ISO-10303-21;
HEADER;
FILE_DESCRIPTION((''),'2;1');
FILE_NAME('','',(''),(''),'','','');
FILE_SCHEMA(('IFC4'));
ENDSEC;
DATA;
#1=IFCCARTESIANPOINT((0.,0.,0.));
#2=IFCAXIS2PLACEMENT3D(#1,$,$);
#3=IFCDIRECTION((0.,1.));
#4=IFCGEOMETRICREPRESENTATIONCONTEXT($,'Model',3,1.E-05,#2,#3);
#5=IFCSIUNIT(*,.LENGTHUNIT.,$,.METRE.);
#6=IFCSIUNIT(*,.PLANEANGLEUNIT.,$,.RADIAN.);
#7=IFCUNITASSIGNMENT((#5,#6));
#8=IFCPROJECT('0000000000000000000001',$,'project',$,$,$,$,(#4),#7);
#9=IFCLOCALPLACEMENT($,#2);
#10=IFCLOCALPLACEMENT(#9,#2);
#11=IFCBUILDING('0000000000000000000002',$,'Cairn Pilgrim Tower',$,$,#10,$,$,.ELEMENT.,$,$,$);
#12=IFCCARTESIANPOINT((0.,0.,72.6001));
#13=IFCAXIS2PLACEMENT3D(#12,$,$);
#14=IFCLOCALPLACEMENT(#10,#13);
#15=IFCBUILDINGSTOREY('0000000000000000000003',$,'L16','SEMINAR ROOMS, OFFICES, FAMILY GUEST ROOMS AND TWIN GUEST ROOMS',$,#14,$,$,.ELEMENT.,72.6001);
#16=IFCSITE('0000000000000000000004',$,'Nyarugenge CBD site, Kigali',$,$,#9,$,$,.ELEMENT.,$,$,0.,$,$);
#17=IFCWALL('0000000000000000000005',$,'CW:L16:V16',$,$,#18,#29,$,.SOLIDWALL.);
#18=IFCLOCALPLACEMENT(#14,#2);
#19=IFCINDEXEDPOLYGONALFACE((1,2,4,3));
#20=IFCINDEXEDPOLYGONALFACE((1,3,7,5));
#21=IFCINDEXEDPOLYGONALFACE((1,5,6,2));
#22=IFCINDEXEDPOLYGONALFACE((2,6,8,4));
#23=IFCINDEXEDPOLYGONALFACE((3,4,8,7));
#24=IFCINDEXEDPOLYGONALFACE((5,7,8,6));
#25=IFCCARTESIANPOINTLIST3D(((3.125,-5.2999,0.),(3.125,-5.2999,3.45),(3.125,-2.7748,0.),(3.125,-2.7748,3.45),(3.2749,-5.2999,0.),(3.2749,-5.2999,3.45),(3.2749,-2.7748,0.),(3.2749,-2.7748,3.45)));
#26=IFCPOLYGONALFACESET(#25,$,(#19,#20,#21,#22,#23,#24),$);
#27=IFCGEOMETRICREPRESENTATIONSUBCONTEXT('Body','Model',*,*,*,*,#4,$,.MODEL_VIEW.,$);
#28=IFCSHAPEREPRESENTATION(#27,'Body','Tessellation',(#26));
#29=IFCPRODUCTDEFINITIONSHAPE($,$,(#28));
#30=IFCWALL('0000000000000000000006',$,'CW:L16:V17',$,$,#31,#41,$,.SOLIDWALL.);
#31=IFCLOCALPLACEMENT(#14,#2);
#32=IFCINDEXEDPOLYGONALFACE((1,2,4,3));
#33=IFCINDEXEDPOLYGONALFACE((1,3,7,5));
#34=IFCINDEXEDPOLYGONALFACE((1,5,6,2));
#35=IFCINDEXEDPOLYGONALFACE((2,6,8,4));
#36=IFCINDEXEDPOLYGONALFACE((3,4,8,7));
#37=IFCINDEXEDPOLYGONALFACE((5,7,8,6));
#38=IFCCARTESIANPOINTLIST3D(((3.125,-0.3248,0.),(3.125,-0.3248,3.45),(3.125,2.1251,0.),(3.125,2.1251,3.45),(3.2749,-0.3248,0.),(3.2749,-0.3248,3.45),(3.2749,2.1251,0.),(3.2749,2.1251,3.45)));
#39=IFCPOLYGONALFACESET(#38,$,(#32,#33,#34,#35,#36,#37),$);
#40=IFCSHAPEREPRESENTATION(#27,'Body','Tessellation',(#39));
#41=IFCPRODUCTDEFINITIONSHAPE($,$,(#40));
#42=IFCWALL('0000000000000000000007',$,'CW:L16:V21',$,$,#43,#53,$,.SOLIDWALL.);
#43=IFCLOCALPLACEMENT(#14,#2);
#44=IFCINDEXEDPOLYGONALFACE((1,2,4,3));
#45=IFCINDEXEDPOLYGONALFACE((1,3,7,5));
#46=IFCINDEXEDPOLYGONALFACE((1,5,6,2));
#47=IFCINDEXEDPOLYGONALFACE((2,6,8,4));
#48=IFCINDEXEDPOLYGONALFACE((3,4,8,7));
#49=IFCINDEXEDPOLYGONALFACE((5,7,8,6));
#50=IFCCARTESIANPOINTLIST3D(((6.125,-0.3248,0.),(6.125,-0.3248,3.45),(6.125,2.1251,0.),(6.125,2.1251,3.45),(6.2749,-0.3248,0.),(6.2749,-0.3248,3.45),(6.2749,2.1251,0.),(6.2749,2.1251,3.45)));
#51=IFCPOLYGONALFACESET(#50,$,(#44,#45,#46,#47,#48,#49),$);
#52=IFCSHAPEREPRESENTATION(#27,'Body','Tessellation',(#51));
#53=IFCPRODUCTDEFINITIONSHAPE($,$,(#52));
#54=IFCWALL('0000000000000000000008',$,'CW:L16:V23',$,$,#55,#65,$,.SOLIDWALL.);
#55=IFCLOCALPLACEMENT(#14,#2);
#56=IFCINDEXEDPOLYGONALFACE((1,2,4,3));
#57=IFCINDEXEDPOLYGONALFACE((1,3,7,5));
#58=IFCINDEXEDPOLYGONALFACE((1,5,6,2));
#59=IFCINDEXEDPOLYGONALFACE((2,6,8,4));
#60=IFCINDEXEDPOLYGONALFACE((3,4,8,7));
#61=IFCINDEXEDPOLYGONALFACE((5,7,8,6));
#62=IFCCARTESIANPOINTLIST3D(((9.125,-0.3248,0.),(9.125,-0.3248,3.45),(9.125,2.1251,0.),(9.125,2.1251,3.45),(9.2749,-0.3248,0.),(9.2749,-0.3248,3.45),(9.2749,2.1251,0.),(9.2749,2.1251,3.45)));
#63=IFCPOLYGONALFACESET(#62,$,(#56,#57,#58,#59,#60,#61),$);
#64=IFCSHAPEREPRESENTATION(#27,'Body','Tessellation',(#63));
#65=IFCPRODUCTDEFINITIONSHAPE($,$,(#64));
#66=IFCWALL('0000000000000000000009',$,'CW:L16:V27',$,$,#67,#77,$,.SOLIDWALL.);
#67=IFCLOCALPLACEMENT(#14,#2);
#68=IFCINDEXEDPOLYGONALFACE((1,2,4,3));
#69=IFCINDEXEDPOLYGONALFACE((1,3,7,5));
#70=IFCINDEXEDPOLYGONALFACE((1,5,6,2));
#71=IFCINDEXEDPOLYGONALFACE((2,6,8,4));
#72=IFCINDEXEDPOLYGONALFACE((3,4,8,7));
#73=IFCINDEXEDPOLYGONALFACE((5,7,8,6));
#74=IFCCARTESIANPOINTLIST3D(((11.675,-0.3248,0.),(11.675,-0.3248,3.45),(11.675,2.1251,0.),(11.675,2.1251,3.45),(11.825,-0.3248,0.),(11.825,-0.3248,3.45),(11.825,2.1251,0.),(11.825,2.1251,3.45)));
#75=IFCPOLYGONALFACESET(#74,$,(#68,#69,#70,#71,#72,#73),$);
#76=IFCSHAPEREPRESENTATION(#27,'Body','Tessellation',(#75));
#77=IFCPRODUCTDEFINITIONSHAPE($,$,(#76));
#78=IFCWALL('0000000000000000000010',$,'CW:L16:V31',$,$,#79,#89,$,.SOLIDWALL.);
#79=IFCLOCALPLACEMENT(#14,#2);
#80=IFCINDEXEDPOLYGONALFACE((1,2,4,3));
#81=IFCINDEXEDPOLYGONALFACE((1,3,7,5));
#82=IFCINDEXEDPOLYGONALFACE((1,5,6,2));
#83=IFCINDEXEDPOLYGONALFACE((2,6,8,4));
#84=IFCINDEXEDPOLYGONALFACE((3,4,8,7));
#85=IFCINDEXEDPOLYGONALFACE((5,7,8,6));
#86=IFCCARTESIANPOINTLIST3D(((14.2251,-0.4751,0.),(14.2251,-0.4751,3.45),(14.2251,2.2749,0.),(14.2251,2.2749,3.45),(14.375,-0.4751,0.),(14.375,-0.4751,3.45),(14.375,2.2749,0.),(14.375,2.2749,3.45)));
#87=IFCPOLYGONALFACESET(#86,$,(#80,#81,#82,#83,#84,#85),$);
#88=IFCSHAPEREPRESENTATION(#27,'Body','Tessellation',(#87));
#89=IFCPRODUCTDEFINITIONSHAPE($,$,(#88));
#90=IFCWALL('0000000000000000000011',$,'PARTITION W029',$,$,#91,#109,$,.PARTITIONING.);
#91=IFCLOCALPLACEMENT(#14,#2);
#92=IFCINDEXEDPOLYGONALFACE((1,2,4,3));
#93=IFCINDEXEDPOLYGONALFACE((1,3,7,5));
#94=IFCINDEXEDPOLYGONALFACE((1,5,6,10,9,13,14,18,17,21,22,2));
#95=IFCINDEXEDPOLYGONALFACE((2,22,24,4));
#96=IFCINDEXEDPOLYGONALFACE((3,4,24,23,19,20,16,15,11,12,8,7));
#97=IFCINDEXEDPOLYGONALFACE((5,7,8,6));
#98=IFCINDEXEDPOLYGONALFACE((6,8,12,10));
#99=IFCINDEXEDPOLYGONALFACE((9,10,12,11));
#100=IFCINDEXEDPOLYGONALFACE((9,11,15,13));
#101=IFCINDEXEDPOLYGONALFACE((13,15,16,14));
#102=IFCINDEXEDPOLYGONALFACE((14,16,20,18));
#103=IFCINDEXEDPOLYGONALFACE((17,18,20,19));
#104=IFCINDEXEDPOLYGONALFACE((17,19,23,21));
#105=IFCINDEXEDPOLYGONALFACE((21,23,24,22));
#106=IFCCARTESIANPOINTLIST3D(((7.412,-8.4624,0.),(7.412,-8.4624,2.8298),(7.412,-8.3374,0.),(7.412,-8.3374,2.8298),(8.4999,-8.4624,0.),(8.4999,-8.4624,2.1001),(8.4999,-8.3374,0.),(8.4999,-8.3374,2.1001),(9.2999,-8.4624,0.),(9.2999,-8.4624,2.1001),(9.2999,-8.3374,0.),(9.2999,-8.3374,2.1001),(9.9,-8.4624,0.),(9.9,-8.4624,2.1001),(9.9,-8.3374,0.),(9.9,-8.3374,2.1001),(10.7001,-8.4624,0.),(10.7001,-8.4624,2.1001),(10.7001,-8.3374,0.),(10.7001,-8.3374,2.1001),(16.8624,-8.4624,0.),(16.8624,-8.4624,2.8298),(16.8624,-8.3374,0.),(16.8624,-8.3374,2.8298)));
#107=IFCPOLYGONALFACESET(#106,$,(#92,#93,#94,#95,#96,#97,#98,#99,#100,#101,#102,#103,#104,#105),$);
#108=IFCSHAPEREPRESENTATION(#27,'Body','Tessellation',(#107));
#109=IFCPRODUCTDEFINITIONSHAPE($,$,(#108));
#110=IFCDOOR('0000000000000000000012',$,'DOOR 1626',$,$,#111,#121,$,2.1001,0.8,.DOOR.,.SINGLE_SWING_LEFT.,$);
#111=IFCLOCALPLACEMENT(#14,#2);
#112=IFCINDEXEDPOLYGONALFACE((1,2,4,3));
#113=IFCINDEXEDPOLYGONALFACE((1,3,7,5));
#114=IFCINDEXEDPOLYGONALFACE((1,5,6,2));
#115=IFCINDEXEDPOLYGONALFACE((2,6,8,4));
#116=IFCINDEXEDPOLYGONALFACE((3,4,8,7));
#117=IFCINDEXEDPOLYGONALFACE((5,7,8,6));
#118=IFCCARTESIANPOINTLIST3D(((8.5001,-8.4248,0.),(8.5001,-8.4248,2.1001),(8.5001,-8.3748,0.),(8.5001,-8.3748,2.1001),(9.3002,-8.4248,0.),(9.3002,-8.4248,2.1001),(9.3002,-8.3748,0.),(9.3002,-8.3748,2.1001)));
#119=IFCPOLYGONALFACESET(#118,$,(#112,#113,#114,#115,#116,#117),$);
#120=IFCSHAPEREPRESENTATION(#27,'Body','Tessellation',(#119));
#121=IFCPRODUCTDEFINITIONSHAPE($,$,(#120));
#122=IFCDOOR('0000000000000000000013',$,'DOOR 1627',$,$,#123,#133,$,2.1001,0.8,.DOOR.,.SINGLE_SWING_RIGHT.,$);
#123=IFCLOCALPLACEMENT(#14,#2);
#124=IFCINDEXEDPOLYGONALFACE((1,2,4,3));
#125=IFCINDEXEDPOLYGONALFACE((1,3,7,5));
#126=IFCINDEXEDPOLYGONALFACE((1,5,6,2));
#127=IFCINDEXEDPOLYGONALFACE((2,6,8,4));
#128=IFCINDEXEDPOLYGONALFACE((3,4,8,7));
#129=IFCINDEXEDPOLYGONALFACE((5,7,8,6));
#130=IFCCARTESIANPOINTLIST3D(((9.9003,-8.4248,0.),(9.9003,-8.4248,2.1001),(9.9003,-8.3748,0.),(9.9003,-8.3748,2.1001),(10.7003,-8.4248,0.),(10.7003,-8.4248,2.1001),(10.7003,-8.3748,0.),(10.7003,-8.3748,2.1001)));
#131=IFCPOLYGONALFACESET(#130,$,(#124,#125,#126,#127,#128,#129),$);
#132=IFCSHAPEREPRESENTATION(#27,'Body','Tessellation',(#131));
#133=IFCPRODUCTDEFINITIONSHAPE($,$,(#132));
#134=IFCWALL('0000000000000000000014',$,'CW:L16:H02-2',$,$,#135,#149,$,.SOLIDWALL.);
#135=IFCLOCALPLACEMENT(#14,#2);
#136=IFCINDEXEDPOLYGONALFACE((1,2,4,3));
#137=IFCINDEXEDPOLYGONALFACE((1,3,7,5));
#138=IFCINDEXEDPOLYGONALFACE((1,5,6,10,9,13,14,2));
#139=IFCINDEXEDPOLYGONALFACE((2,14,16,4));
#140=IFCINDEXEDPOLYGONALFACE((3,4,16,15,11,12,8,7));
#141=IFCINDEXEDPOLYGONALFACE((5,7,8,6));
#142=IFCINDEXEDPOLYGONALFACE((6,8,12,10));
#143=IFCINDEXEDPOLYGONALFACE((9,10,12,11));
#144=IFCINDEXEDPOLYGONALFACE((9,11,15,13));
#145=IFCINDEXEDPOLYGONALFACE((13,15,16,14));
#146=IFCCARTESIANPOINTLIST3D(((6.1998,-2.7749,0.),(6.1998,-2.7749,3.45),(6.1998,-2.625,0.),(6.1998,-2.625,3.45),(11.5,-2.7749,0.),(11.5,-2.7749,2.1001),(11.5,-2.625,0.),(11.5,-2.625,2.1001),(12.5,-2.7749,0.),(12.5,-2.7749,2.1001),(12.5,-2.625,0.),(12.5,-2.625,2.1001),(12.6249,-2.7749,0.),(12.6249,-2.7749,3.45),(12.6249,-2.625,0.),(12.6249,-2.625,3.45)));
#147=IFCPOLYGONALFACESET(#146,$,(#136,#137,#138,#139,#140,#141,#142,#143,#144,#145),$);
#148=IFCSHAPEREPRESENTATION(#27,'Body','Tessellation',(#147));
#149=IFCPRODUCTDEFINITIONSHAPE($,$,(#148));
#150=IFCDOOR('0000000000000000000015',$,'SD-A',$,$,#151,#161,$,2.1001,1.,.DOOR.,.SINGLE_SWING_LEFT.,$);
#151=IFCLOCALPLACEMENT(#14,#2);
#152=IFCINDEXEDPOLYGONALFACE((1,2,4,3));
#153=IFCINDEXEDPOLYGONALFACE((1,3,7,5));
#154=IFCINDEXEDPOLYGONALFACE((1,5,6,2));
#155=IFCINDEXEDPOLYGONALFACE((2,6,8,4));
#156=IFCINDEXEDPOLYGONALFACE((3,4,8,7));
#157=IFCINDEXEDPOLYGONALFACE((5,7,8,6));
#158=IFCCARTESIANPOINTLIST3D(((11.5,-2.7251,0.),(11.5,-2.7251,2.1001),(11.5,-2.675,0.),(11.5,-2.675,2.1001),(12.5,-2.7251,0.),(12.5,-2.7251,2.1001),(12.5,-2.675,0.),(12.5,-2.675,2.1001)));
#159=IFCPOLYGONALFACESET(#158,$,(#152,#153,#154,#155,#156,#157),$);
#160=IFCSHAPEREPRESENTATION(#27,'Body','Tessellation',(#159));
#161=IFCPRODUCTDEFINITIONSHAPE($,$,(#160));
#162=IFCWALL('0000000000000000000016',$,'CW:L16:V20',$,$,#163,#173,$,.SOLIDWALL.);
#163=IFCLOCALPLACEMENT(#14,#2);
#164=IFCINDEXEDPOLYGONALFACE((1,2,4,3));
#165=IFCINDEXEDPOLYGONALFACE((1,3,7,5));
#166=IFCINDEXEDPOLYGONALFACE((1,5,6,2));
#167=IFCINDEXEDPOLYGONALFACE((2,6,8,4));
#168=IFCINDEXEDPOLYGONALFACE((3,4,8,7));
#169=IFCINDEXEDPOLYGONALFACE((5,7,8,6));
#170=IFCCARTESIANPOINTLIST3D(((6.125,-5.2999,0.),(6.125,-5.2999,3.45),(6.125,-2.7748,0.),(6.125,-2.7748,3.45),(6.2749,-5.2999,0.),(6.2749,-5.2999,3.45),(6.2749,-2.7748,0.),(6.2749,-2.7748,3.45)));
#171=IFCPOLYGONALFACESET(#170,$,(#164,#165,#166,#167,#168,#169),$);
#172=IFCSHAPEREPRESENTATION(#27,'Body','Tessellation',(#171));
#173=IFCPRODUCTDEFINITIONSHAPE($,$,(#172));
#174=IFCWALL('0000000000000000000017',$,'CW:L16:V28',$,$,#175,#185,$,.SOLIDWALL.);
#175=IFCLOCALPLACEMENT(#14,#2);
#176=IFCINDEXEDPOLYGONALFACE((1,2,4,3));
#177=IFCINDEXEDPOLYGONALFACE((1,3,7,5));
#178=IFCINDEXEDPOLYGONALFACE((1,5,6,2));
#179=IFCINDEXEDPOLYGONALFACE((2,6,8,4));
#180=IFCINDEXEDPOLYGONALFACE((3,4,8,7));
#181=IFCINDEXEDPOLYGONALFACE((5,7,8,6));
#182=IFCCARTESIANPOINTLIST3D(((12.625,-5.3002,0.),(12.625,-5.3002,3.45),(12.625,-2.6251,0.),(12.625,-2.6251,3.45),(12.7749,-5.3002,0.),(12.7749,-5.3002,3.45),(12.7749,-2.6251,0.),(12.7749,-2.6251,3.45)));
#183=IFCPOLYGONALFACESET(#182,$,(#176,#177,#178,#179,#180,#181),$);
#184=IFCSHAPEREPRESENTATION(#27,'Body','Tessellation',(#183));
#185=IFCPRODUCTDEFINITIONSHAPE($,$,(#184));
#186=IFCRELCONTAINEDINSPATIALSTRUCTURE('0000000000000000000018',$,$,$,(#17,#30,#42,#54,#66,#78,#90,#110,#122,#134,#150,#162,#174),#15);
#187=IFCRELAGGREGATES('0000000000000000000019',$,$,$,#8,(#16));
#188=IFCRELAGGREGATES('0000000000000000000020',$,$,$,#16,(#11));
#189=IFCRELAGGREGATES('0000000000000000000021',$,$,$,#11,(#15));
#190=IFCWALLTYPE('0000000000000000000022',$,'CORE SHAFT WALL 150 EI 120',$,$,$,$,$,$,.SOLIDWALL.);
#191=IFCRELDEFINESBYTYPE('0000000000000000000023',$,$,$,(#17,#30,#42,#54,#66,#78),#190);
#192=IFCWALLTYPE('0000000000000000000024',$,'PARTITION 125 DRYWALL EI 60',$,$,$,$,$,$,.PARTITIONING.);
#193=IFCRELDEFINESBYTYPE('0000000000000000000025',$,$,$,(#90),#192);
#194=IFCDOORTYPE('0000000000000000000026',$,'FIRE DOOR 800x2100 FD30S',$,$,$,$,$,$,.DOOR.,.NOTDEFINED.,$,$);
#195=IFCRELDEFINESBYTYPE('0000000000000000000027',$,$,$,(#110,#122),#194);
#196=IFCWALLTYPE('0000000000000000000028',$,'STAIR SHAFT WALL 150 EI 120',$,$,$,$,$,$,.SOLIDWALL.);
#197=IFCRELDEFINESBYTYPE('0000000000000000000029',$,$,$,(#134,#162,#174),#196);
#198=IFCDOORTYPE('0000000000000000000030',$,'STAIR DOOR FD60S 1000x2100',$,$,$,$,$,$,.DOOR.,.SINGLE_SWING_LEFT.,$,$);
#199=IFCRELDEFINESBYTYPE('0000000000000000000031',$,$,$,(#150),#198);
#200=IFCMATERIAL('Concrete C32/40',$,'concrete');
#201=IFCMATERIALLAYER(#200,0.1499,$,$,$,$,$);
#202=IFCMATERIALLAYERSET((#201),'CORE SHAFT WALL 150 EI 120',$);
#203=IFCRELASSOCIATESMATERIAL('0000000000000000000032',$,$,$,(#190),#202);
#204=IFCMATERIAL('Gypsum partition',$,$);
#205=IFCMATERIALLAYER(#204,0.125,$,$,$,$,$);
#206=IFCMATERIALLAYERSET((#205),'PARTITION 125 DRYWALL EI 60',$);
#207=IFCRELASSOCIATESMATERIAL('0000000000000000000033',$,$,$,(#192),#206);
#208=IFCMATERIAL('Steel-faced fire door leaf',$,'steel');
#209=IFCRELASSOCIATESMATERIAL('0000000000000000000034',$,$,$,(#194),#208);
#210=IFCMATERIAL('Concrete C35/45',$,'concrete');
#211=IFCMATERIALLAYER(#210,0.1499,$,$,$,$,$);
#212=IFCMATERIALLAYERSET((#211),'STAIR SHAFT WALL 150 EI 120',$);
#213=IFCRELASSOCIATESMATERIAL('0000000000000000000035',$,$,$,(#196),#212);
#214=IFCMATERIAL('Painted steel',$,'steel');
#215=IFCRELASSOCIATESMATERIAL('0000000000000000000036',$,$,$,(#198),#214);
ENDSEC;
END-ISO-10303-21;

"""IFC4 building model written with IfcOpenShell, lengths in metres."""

from ifc_helpers import new_model, si_unit, direction, frame, frame_2d, origin, place, context, subcontext, project, spatial, rectangle, extrude, material, layer, layer_set, type_object, element, fill, save


model = new_model("IFC4")

# Units and contexts
model_context = context("Model", 3, precision=1e-05, world=origin(), true_north=direction((0.0, 1.0)))
body_context = subcontext(model_context, "Body", "Model", "MODEL_VIEW")
ifc_project = project(units=[si_unit("LENGTHUNIT", "METRE"), si_unit("PLANEANGLEUNIT", "RADIAN")], contexts=[model_context])

# Site, building, storey
site_placement = place(None, origin())
site = spatial("IfcSite", under=ifc_project, at=site_placement, Name="Nyarugenge CBD site, Kigali", CompositionType="ELEMENT", RefElevation=0.0)
building_placement = place(site_placement, origin())
building = spatial("IfcBuilding", under=site, at=building_placement, Name="Cairn Pilgrim Tower", CompositionType="ELEMENT")
storey_placement = place(building_placement, frame((0.0, 0.0, 72.6001)))
storey = spatial("IfcBuildingStorey", under=building, at=storey_placement, Name="L16", Description="SEMINAR ROOMS, OFFICES, FAMILY GUEST ROOMS AND TWIN GUEST ROOMS", CompositionType="ELEMENT", Elevation=72.6001)

# Shared definitions
ifc_material_1 = material(Name="Concrete C32/40", Category="concrete")

# Shared definitions
ifc_material_2 = material(Name="Painted steel", Category="steel")

# Walls
ifc_layer_1 = layer(ifc_material_1, 0.1499)
ifc_layer_set_1 = layer_set([ifc_layer_1], Name="CORE SHAFT WALL 150 EI 120")
wall_type_1 = type_object("IfcWallType", Name="CORE SHAFT WALL 150 EI 120", PredefinedType="SOLIDWALL", material=ifc_layer_set_1)
wall_1_placement = place(storey_placement, frame((3.2, -5.3, 0.0), z_axis=(0.0, 0.0, 1.0), x_axis=(0.0, 1.0, 0.0)))
element("IfcWall", 1, at=wall_1_placement, inside=storey, type_object=wall_type_1, Name="CW:L16:V16", PredefinedType="SOLIDWALL", context=body_context, shape_type="SweptSolid", body=[
    extrude(rectangle(XDim=2.5251, YDim=0.1499, at=frame_2d((1.2627, 0.0))), origin(), (0.0, 0.0, 1.0), 3.45),
])
for number, where, z_axis, x_axis, name in (
    (2, (3.2, -0.325, 0.0), (0.0, 0.0, 1.0), (0.0, 1.0, 0.0), "CW:L16:V17"),
    (3, (6.2, -0.325, 0.0), (0.0, 0.0, 1.0), (0.0, 1.0, 0.0), "CW:L16:V21"),
    (4, (9.2, -0.325, 0.0), (0.0, 0.0, 1.0), (0.0, 1.0, 0.0), "CW:L16:V23"),
    (5, (11.75, -0.325, 0.0), (0.0, 0.0, 1.0), (0.0, 1.0, 0.0), "CW:L16:V27"),
):
    element("IfcWall", number, at=place(storey_placement, frame(where, z_axis=z_axis, x_axis=x_axis)), inside=storey, type_object=wall_type_1, Name=name, PredefinedType="SOLIDWALL", context=body_context, shape_type="SweptSolid", body=[
        extrude(rectangle(XDim=2.45, YDim=0.1499, at=frame_2d((1.2251, 0.0))), origin(), (0.0, 0.0, 1.0), 3.45),
    ])
wall_2_placement = place(storey_placement, frame((14.3, -0.4751, 0.0), z_axis=(0.0, 0.0, 1.0), x_axis=(0.0, 1.0, 0.0)))
element("IfcWall", 6, at=wall_2_placement, inside=storey, type_object=wall_type_1, Name="CW:L16:V31", PredefinedType="SOLIDWALL", context=body_context, shape_type="SweptSolid", body=[
    extrude(rectangle(XDim=2.75, YDim=0.1499, at=frame_2d((1.375, 0.0))), origin(), (0.0, 0.0, 1.0), 3.45),
])

# Wall, openings, doors
ifc_material_3 = material(Name="Gypsum partition")
ifc_layer_2 = layer(ifc_material_3, 0.125)
ifc_layer_set_2 = layer_set([ifc_layer_2], Name="PARTITION 125 DRYWALL EI 60")
wall_type_2 = type_object("IfcWallType", Name="PARTITION 125 DRYWALL EI 60", PredefinedType="PARTITIONING", material=ifc_layer_set_2)
wall_3_placement = place(storey_placement, frame((7.4121, -8.3999, 0.0), z_axis=(0.0, 0.0, 1.0), x_axis=(1.0, 0.0, 0.0)))
wall_3 = element("IfcWall", 7, at=wall_3_placement, inside=storey, type_object=wall_type_2, Name="PARTITION W029", PredefinedType="PARTITIONING", context=body_context, shape_type="SweptSolid", body=[
    extrude(rectangle(XDim=9.4504, YDim=0.125, at=frame_2d((4.7251, 0.0))), origin(), (0.0, 0.0, 1.0), 2.8298),
])
opening_1_placement = place(wall_3_placement, frame((1.0879, 0.0, 0.0)))
opening_1 = element("IfcOpeningElement", 8, at=opening_1_placement, cuts=wall_3, PredefinedType="OPENING", context=body_context, shape_type="SweptSolid", body=[
    extrude(rectangle(XDim=0.8, YDim=2.1001, at=frame_2d((0.3999, 1.05))), frame((0.0, 0.0725, 0.0), z_axis=(0.0, -1.0, 0.0), x_axis=(1.0, 0.0, 0.0)), (0.0, 0.0, 1.0), 0.145),
])
opening_2_placement = place(wall_3_placement, frame((2.488, 0.0, 0.0)))
opening_2 = element("IfcOpeningElement", 9, at=opening_2_placement, cuts=wall_3, PredefinedType="OPENING", context=body_context, shape_type="SweptSolid", body=[
    extrude(rectangle(XDim=0.8, YDim=2.1001, at=frame_2d((0.3999, 1.05))), frame((0.0, 0.0725, 0.0), z_axis=(0.0, -1.0, 0.0), x_axis=(1.0, 0.0, 0.0)), (0.0, 0.0, 1.0), 0.145),
])
ifc_material_4 = material(Name="Steel-faced fire door leaf", Category="steel")
door_type_1 = type_object("IfcDoorType", Name="FIRE DOOR 800x2100 FD30S", OperationType="NOTDEFINED", PredefinedType="DOOR", material=ifc_material_4)
door_1_placement = place(opening_1_placement, frame((0.8, 0.0, 0.0), z_axis=(0.0, 0.0, 1.0), x_axis=(-1.0, 0.0, 0.0)))
door_1 = element("IfcDoor", 10, at=door_1_placement, inside=storey, type_object=door_type_1, Name="DOOR 1626", OperationType="SINGLE_SWING_LEFT", OverallHeight=2.1001, OverallWidth=0.8, PredefinedType="DOOR", context=body_context, shape_type="SweptSolid", body=[
    extrude(rectangle(XDim=0.8, YDim=2.1001, at=frame_2d((0.3999, 1.05))), frame((0.0, 0.0249, 0.0), z_axis=(0.0, -1.0, 0.0), x_axis=(1.0, 0.0, 0.0)), (0.0, 0.0, 1.0), 0.05),
])
fill(opening_1, door_1)
door_2_placement = place(opening_2_placement, frame((0.8, 0.0, 0.0), z_axis=(0.0, 0.0, 1.0), x_axis=(-1.0, 0.0, 0.0)))
door_2 = element("IfcDoor", 11, at=door_2_placement, inside=storey, type_object=door_type_1, Name="DOOR 1627", OperationType="SINGLE_SWING_RIGHT", OverallHeight=2.1001, OverallWidth=0.8, PredefinedType="DOOR", context=body_context, shape_type="SweptSolid", body=[
    extrude(rectangle(XDim=0.8, YDim=2.1001, at=frame_2d((0.3999, 1.05))), frame((0.0, 0.0249, 0.0), z_axis=(0.0, -1.0, 0.0), x_axis=(1.0, 0.0, 0.0)), (0.0, 0.0, 1.0), 0.05),
])
fill(opening_2, door_2)

# Wall, opening, door
ifc_material_5 = material(Name="Concrete C35/45", Category="concrete")
ifc_layer_3 = layer(ifc_material_5, 0.1499)
ifc_layer_set_3 = layer_set([ifc_layer_3], Name="STAIR SHAFT WALL 150 EI 120")
wall_type_3 = type_object("IfcWallType", Name="STAIR SHAFT WALL 150 EI 120", PredefinedType="SOLIDWALL", material=ifc_layer_set_3)
wall_4_placement = place(storey_placement, frame((6.2, -2.7, 0.0), z_axis=(0.0, 0.0, 1.0), x_axis=(1.0, 0.0, 0.0)))
wall_4 = element("IfcWall", 12, at=wall_4_placement, inside=storey, type_object=wall_type_3, Name="CW:L16:H02-2", PredefinedType="SOLIDWALL", context=body_context, shape_type="SweptSolid", body=[
    extrude(rectangle(XDim=6.425, YDim=0.1499, at=frame_2d((3.2124, 0.0))), origin(), (0.0, 0.0, 1.0), 3.45),
])
opening_3_placement = place(wall_4_placement, frame((5.3, 0.0, 0.0)))
opening_3 = element("IfcOpeningElement", 13, at=opening_3_placement, cuts=wall_4, PredefinedType="OPENING", context=body_context, shape_type="SweptSolid", body=[
    extrude(rectangle(XDim=1.0, YDim=2.1001, at=frame_2d((0.5, 1.05))), frame((0.0, 0.085, 0.0), z_axis=(0.0, -1.0, 0.0), x_axis=(1.0, 0.0, 0.0)), (0.0, 0.0, 1.0), 0.1699),
])
door_type_2 = type_object("IfcDoorType", Name="STAIR DOOR FD60S 1000x2100", OperationType="SINGLE_SWING_LEFT", PredefinedType="DOOR", material=ifc_material_2)
door_3_placement = place(opening_3_placement, origin())
door_3 = element("IfcDoor", 14, at=door_3_placement, inside=storey, type_object=door_type_2, Name="SD-A", OperationType="SINGLE_SWING_LEFT", OverallHeight=2.1001, OverallWidth=1.0, PredefinedType="DOOR", context=body_context, shape_type="SweptSolid", body=[
    extrude(rectangle(XDim=1.0, YDim=2.1001, at=frame_2d((0.5, 1.05))), frame((0.0, 0.0249, 0.0), z_axis=(0.0, -1.0, 0.0), x_axis=(1.0, 0.0, 0.0)), (0.0, 0.0, 1.0), 0.05),
])
fill(opening_3, door_3)

# Walls
wall_5_placement = place(storey_placement, frame((6.2, -5.3, 0.0), z_axis=(0.0, 0.0, 1.0), x_axis=(0.0, 1.0, 0.0)))
element("IfcWall", 15, at=wall_5_placement, inside=storey, type_object=wall_type_3, Name="CW:L16:V20", PredefinedType="SOLIDWALL", context=body_context, shape_type="SweptSolid", body=[
    extrude(rectangle(XDim=2.5251, YDim=0.1499, at=frame_2d((1.2627, 0.0))), origin(), (0.0, 0.0, 1.0), 3.45),
])
wall_6_placement = place(storey_placement, frame((12.7, -5.3, 0.0), z_axis=(0.0, 0.0, 1.0), x_axis=(0.0, 1.0, 0.0)))
element("IfcWall", 16, at=wall_6_placement, inside=storey, type_object=wall_type_3, Name="CW:L16:V28", PredefinedType="SOLIDWALL", context=body_context, shape_type="SweptSolid", body=[
    extrude(rectangle(XDim=2.675, YDim=0.1499, at=frame_2d((1.3374, 0.0))), origin(), (0.0, 0.0, 1.0), 3.45),
])

save(model, "model.ifc")
